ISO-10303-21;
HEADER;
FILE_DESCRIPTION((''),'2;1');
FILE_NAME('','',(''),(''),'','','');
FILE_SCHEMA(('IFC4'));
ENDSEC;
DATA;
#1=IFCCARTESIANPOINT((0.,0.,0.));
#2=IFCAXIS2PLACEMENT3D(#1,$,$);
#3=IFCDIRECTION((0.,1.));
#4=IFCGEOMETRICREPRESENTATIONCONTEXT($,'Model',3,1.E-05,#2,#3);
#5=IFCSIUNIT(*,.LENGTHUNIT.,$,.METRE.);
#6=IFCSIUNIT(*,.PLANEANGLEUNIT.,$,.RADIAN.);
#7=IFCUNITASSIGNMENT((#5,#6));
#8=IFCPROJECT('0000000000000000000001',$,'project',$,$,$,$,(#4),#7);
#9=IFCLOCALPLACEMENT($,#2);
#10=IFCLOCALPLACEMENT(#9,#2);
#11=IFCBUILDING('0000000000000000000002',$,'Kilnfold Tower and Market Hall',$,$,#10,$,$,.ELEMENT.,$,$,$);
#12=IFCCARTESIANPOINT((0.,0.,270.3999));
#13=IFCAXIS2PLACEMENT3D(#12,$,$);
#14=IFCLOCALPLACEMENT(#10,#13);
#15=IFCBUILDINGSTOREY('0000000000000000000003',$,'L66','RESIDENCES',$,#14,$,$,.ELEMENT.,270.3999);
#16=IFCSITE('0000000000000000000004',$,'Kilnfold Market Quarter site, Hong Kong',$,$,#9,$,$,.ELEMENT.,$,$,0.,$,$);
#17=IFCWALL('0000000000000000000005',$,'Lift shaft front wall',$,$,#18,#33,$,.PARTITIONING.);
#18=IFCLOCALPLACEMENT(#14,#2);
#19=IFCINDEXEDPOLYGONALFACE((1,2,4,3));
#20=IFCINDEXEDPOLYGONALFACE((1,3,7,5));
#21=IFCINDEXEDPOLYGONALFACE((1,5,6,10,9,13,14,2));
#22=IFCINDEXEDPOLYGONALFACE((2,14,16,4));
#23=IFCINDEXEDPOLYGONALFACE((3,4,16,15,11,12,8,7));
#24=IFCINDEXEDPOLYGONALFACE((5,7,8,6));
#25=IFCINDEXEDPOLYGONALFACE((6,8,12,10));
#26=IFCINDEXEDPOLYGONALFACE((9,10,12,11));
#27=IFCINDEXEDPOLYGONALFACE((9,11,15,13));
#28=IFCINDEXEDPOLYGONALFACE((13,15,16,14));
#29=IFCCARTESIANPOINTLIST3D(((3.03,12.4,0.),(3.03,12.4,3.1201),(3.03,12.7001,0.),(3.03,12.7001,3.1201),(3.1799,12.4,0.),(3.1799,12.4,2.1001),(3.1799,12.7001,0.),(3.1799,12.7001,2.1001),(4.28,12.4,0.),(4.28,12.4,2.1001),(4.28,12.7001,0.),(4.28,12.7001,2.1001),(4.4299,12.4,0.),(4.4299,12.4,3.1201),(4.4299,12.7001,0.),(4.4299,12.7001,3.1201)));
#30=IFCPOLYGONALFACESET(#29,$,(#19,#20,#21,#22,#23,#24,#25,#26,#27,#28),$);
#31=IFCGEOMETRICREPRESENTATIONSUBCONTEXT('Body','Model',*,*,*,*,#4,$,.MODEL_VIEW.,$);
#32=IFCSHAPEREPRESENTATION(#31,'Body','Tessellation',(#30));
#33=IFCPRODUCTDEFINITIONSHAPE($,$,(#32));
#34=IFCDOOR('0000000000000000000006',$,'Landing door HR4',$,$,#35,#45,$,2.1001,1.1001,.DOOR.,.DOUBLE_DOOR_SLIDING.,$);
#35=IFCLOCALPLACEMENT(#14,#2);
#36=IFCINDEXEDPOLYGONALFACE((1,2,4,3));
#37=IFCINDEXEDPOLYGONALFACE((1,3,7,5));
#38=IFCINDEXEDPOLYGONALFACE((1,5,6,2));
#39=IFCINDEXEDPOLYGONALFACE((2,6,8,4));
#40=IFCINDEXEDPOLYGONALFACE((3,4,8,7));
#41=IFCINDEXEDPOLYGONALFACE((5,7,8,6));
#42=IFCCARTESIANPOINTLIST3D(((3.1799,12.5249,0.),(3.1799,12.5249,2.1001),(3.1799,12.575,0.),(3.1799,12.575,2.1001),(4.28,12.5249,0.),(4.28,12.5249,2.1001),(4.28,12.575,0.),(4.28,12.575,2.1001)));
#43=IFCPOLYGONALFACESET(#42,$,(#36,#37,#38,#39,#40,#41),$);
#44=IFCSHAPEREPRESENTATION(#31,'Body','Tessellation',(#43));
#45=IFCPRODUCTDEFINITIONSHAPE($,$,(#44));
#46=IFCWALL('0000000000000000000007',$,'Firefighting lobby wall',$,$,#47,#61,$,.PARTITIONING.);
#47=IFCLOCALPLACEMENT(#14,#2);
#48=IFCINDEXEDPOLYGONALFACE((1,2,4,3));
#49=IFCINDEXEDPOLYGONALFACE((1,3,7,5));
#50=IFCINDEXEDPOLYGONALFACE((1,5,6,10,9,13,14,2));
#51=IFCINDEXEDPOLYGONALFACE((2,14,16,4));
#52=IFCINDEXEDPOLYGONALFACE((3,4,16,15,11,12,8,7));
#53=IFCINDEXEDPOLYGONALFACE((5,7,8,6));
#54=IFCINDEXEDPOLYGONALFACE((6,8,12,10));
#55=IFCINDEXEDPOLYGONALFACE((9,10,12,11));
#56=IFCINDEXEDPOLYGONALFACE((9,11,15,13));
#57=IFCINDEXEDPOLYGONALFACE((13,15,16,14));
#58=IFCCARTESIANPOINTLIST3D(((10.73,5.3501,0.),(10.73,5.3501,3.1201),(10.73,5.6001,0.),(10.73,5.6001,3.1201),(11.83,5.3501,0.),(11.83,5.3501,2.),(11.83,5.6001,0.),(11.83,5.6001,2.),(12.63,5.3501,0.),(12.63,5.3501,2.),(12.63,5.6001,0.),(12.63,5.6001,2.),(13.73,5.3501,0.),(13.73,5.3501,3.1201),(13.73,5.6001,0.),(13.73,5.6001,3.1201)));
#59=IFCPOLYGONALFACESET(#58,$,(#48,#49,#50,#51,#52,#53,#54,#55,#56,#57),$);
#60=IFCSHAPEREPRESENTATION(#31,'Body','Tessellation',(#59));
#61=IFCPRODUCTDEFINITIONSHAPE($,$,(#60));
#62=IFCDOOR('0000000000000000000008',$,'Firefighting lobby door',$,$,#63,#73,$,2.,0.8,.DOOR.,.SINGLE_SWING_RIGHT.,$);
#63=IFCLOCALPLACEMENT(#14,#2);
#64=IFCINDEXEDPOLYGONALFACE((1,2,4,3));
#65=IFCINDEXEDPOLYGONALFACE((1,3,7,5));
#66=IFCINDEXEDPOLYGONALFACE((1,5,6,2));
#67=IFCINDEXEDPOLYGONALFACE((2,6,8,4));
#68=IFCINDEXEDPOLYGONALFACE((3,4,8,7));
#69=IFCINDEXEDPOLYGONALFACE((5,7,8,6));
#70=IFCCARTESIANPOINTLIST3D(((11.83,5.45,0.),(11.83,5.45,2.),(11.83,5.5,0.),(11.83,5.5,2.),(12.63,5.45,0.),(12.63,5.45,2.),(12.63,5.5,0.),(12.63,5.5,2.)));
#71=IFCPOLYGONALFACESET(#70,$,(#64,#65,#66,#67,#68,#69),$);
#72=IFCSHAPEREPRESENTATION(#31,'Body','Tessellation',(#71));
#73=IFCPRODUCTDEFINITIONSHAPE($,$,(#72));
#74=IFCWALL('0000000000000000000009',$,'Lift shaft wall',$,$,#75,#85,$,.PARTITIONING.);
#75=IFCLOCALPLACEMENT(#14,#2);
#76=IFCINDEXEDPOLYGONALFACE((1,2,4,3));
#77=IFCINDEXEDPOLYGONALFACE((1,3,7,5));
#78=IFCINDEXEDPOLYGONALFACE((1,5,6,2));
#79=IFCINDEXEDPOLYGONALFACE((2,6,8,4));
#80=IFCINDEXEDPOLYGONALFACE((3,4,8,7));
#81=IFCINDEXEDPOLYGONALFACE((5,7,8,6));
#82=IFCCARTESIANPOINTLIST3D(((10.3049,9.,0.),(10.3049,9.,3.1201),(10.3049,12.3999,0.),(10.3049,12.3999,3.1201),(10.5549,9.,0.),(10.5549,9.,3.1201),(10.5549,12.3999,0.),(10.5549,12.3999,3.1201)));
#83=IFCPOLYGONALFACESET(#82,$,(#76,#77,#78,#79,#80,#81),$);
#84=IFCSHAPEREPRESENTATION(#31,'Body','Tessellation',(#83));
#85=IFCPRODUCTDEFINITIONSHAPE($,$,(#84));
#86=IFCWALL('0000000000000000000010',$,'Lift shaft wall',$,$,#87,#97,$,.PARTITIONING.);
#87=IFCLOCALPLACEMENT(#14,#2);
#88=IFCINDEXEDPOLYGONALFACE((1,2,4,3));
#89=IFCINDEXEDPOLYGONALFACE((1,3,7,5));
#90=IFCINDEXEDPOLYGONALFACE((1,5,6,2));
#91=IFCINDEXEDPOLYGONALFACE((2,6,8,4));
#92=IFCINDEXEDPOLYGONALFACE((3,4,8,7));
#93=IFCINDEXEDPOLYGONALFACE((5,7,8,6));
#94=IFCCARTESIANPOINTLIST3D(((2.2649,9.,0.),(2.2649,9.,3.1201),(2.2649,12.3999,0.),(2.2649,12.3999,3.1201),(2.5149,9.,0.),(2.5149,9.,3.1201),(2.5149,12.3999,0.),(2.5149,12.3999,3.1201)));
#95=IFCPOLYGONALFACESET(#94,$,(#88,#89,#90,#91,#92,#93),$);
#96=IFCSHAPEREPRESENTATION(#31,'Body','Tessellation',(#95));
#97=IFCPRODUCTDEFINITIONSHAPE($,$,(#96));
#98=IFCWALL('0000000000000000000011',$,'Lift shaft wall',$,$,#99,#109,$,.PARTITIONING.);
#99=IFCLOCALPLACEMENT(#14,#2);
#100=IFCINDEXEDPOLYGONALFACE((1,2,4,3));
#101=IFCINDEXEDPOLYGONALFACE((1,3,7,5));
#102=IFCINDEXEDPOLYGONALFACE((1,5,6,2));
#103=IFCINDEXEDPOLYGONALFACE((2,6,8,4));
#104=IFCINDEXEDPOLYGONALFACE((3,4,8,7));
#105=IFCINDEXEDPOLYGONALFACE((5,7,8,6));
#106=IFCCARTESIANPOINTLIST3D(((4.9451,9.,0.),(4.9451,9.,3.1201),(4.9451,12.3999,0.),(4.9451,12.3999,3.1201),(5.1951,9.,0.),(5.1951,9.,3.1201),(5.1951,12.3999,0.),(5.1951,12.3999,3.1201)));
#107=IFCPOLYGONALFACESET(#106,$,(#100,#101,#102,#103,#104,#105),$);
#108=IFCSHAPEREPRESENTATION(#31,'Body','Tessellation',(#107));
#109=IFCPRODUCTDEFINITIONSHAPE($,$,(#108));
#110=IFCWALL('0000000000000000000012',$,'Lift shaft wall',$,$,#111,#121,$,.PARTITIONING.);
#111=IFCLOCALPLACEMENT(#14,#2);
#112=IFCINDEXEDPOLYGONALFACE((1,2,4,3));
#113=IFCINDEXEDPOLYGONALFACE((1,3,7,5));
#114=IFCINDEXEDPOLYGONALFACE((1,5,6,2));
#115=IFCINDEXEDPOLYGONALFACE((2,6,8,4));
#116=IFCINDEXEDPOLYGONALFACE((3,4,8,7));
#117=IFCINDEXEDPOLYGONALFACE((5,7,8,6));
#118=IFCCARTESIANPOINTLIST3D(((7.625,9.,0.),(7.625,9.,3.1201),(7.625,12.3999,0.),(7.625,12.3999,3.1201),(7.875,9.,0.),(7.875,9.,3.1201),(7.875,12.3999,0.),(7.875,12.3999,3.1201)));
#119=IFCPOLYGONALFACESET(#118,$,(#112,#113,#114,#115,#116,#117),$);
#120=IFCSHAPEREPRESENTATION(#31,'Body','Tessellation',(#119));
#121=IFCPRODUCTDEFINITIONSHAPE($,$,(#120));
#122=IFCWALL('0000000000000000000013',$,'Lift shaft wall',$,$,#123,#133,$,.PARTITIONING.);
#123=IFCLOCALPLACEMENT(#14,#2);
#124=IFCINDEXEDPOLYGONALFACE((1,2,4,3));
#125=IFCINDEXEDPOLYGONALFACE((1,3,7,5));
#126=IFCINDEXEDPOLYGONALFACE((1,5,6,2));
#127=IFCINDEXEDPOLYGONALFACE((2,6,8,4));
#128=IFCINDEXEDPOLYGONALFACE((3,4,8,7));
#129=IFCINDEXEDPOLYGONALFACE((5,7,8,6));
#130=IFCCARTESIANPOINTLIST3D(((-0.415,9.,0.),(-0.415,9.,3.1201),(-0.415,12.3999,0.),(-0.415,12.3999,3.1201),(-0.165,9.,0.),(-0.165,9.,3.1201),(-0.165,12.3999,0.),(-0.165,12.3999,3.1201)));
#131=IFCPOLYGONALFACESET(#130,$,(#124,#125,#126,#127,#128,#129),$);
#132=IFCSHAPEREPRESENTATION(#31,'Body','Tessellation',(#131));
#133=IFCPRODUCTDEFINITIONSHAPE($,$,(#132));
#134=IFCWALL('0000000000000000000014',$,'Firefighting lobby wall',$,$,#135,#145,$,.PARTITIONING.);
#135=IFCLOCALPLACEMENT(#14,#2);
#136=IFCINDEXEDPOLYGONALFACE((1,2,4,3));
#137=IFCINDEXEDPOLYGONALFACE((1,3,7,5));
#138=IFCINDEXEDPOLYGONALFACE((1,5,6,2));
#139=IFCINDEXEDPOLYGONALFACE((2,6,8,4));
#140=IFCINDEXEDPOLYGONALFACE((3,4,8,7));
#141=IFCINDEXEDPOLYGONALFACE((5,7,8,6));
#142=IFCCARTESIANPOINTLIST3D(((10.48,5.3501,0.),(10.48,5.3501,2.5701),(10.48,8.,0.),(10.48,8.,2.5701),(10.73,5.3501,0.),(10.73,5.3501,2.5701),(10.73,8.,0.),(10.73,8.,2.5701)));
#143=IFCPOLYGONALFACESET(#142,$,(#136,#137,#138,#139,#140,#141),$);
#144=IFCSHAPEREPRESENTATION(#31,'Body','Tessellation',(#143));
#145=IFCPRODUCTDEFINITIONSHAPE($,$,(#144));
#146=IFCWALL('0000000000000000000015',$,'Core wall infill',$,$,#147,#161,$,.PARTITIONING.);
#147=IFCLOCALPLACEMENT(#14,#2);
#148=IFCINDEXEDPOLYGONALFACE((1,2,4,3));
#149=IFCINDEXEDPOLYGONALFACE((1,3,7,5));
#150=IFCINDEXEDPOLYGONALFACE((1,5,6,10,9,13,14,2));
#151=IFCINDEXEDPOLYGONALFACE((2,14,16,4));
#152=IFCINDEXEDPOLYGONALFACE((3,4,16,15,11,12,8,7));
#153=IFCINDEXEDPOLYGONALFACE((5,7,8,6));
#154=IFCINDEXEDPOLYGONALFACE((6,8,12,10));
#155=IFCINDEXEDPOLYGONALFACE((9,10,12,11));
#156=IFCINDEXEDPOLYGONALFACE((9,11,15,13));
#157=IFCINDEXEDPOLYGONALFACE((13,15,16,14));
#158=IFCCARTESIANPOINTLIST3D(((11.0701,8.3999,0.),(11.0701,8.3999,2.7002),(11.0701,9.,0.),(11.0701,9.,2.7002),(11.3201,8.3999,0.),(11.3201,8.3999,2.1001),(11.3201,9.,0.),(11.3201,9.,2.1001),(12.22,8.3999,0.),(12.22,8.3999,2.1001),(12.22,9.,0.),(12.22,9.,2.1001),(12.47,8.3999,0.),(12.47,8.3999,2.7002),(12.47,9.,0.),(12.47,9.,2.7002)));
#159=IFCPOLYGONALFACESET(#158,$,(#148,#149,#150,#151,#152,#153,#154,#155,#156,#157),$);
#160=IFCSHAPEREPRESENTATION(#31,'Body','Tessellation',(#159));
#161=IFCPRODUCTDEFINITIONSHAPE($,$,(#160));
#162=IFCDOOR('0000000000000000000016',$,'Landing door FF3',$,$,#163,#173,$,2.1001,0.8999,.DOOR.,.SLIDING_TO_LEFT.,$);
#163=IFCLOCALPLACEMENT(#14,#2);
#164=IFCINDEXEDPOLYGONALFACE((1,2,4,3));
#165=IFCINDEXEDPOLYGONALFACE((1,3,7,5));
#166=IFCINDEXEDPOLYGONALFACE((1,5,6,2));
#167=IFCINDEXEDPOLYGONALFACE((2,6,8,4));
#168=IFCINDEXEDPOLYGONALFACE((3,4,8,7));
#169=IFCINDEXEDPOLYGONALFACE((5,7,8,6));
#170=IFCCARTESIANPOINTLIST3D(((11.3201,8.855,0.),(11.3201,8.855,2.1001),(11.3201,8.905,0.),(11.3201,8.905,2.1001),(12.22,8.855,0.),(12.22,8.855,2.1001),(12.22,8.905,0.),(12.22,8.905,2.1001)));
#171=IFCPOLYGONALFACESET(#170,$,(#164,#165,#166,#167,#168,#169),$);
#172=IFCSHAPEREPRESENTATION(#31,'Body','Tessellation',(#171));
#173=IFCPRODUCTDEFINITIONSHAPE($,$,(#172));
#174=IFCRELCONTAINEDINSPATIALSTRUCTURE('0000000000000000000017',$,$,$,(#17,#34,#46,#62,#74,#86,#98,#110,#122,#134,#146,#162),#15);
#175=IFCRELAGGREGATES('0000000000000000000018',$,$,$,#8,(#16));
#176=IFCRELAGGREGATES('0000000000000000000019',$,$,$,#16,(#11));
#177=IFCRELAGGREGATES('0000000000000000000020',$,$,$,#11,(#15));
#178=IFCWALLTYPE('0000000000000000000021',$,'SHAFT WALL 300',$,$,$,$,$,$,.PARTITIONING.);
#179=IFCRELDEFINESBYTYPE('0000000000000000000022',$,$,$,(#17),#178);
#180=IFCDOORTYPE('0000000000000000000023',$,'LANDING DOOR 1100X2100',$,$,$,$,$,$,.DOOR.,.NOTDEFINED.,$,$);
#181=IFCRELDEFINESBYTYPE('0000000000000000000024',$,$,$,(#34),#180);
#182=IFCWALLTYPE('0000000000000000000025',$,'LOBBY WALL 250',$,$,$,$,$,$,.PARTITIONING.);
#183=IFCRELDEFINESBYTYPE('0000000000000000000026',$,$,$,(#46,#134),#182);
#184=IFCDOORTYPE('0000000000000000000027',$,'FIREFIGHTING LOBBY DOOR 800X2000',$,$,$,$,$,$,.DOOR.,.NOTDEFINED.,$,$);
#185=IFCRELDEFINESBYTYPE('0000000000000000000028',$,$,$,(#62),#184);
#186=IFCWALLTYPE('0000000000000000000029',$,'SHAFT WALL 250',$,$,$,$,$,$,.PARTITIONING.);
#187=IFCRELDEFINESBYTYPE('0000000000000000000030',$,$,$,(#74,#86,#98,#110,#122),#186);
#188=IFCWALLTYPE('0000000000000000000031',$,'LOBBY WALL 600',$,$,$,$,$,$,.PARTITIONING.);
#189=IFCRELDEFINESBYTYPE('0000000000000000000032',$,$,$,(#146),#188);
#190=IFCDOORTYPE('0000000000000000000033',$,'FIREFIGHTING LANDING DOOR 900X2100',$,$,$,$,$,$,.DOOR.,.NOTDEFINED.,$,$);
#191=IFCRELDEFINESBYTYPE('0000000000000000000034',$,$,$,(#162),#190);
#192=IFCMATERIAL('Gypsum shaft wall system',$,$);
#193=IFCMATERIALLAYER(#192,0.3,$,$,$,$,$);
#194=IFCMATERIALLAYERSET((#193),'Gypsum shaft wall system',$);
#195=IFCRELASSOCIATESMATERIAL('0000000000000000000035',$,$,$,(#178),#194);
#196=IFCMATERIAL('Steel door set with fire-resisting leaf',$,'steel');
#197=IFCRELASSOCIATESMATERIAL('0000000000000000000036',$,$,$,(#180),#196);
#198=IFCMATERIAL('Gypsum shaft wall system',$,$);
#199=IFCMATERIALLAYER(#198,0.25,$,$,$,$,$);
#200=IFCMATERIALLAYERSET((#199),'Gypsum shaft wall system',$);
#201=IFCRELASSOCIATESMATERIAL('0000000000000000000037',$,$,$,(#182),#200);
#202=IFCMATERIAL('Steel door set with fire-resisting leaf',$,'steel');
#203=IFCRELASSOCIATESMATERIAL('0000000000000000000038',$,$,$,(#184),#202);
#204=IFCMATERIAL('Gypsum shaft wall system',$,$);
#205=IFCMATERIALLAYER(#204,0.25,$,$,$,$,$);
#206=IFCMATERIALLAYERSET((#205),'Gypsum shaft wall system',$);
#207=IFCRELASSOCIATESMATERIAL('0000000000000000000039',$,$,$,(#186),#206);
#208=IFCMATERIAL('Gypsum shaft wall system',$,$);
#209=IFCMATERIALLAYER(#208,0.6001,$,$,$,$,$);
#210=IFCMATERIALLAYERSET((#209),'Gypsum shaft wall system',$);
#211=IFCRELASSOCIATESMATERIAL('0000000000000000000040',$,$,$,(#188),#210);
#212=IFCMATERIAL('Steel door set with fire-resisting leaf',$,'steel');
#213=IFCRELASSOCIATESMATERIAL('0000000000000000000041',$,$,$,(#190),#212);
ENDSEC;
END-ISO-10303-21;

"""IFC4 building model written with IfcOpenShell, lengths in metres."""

from ifc_helpers import new_model, si_unit, direction, frame, frame_2d, origin, place, context, subcontext, project, spatial, rectangle, extrude, source, transform, mapped, material, layer, layer_set, type_object, element, fill, save


model = new_model("IFC4")

# Units and contexts
model_context = context("Model", 3, precision=1e-05, world=origin(), true_north=direction((0.0, 1.0)))
body_context = subcontext(model_context, "Body", "Model", "MODEL_VIEW")
ifc_project = project(units=[si_unit("LENGTHUNIT", "METRE"), si_unit("PLANEANGLEUNIT", "RADIAN")], contexts=[model_context])

# Site, building, storey
site_placement = place(None, origin())
site = spatial("IfcSite", under=ifc_project, at=site_placement, Name="Kilnfold Market Quarter site, Hong Kong", CompositionType="ELEMENT", RefElevation=0.0)
building_placement = place(site_placement, origin())
building = spatial("IfcBuilding", under=site, at=building_placement, Name="Kilnfold Tower and Market Hall", CompositionType="ELEMENT")
storey_placement = place(building_placement, frame((0.0, 0.0, 270.3999)))
storey = spatial("IfcBuildingStorey", under=building, at=storey_placement, Name="L66", Description="RESIDENCES", CompositionType="ELEMENT", Elevation=270.3999)

# Walls, openings, doors
ifc_material_1 = material(Name="Gypsum shaft wall system")
ifc_layer_1 = layer(ifc_material_1, 0.3)
ifc_layer_set_1 = layer_set([ifc_layer_1], Name="Gypsum shaft wall system")
wall_type_1 = type_object("IfcWallType", Name="SHAFT WALL 300", PredefinedType="PARTITIONING", material=ifc_layer_set_1)
shared_shape_1 = source(origin(), body_context, "Body", "SweptSolid", [
    extrude(rectangle(XDim=1.3999, YDim=0.3, at=frame_2d((0.7, 0.0))), origin(), (0.0, 0.0, 1.0), 3.1201),
])
ifc_material_2 = material(Name="Steel door set with fire-resisting leaf", Category="steel")
door_type_1 = type_object("IfcDoorType", Name="LANDING DOOR 1100X2100", OperationType="NOTDEFINED", PredefinedType="DOOR", material=ifc_material_2)
wall_1_placement = place(storey_placement, frame((3.03, 12.55, 0.0), z_axis=(0.0, 0.0, 1.0), x_axis=(1.0, 0.0, 0.0)))
wall_1 = element("IfcWall", 1, at=wall_1_placement, inside=storey, type_object=wall_type_1, Name="Lift shaft front wall", PredefinedType="PARTITIONING", context=body_context, shape_type="MappedRepresentation", body=[
    mapped(shared_shape_1, transform((0.0, 0.0, 0.0))),
])
opening_1_placement = place(wall_1_placement, frame((0.1499, 0.0, 0.0)))
opening_1 = element("IfcOpeningElement", 2, at=opening_1_placement, cuts=wall_1, PredefinedType="OPENING", context=body_context, shape_type="SweptSolid", body=[
    extrude(rectangle(XDim=1.1001, YDim=2.1001, at=frame_2d((0.55, 1.05))), frame((0.0, 0.1602, 0.0), z_axis=(0.0, -1.0, 0.0), x_axis=(1.0, 0.0, 0.0)), (0.0, 0.0, 1.0), 0.3201),
])
door_1_placement = place(opening_1_placement, origin())
door_1 = element("IfcDoor", 3, at=door_1_placement, inside=storey, type_object=door_type_1, Name="Landing door HR4", OperationType="DOUBLE_DOOR_SLIDING", OverallHeight=2.1001, OverallWidth=1.1001, PredefinedType="DOOR", context=body_context, shape_type="SweptSolid", body=[
    extrude(rectangle(XDim=1.1001, YDim=2.1001, at=frame_2d((0.55, 1.05))), frame((0.0, 0.0249, 0.0), z_axis=(0.0, -1.0, 0.0), x_axis=(1.0, 0.0, 0.0)), (0.0, 0.0, 1.0), 0.05),
])
fill(opening_1, door_1)
ifc_material_3 = material(Name="Gypsum shaft wall system")
ifc_layer_2 = layer(ifc_material_3, 0.25)
ifc_layer_set_2 = layer_set([ifc_layer_2], Name="Gypsum shaft wall system")
wall_type_2 = type_object("IfcWallType", Name="LOBBY WALL 250", PredefinedType="PARTITIONING", material=ifc_layer_set_2)
shared_shape_2 = source(origin(), body_context, "Body", "SweptSolid", [
    extrude(rectangle(XDim=3.0, YDim=0.25, at=frame_2d((1.5, 0.0))), origin(), (0.0, 0.0, 1.0), 3.1201),
])
wall_2_placement = place(storey_placement, frame((10.73, 5.4751, 0.0), z_axis=(0.0, 0.0, 1.0), x_axis=(1.0, 0.0, 0.0)))
wall_2 = element("IfcWall", 4, at=wall_2_placement, inside=storey, type_object=wall_type_2, Name="Firefighting lobby wall", PredefinedType="PARTITIONING", context=body_context, shape_type="MappedRepresentation", body=[
    mapped(shared_shape_2, transform((0.0, 0.0, 0.0))),
])
opening_2_placement = place(wall_2_placement, frame((1.1001, 0.0, 0.0)))
opening_2 = element("IfcOpeningElement", 5, at=opening_2_placement, cuts=wall_2, PredefinedType="OPENING", context=body_context, shape_type="SweptSolid", body=[
    extrude(rectangle(XDim=0.8, YDim=2.0, at=frame_2d((0.3999, 1.0))), frame((0.0, 0.135, 0.0), z_axis=(0.0, -1.0, 0.0), x_axis=(1.0, 0.0, 0.0)), (0.0, 0.0, 1.0), 0.27),
])
ifc_material_4 = material(Name="Steel door set with fire-resisting leaf", Category="steel")
door_type_2 = type_object("IfcDoorType", Name="FIREFIGHTING LOBBY DOOR 800X2000", OperationType="NOTDEFINED", PredefinedType="DOOR", material=ifc_material_4)
door_2_placement = place(opening_2_placement, origin())
door_2 = element("IfcDoor", 6, at=door_2_placement, inside=storey, type_object=door_type_2, Name="Firefighting lobby door", OperationType="SINGLE_SWING_RIGHT", OverallHeight=2.0, OverallWidth=0.8, PredefinedType="DOOR", context=body_context, shape_type="SweptSolid", body=[
    extrude(rectangle(XDim=0.8, YDim=2.0, at=frame_2d((0.3999, 1.0))), frame((0.0, 0.0249, 0.0), z_axis=(0.0, -1.0, 0.0), x_axis=(1.0, 0.0, 0.0)), (0.0, 0.0, 1.0), 0.05),
])
fill(opening_2, door_2)

# Walls
ifc_material_5 = material(Name="Gypsum shaft wall system")
ifc_layer_3 = layer(ifc_material_5, 0.25)
ifc_layer_set_3 = layer_set([ifc_layer_3], Name="Gypsum shaft wall system")
wall_type_3 = type_object("IfcWallType", Name="SHAFT WALL 250", PredefinedType="PARTITIONING", material=ifc_layer_set_3)
shared_shape_3 = source(origin(), body_context, "Body", "SweptSolid", [
    extrude(rectangle(XDim=3.3999, YDim=0.25, at=frame_2d((1.7, 0.0))), origin(), (0.0, 0.0, 1.0), 3.1201),
])
for number, where, z_axis, x_axis, name in (
    (7, (10.4299, 9.0, 0.0), (0.0, 0.0, 1.0), (0.0, 1.0, 0.0), "Lift shaft wall"),
    (8, (2.3899, 9.0, 0.0), (0.0, 0.0, 1.0), (0.0, 1.0, 0.0), "Lift shaft wall"),
    (9, (5.0701, 9.0, 0.0), (0.0, 0.0, 1.0), (0.0, 1.0, 0.0), "Lift shaft wall"),
    (10, (7.75, 9.0, 0.0), (0.0, 0.0, 1.0), (0.0, 1.0, 0.0), "Lift shaft wall"),
    (11, (-0.29, 9.0, 0.0), (0.0, 0.0, 1.0), (0.0, 1.0, 0.0), "Lift shaft wall"),
):
    element("IfcWall", number, at=place(storey_placement, frame(where, z_axis=z_axis, x_axis=x_axis)), inside=storey, type_object=wall_type_3, Name=name, PredefinedType="PARTITIONING", context=body_context, shape_type="MappedRepresentation", body=[
        mapped(shared_shape_3, transform((0.0, 0.0, 0.0))),
    ])
shared_shape_4 = source(origin(), body_context, "Body", "SweptSolid", [
    extrude(rectangle(XDim=2.6499, YDim=0.25, at=frame_2d((1.325, 0.0))), origin(), (0.0, 0.0, 1.0), 2.5701),
])
wall_3_placement = place(storey_placement, frame((10.605, 5.3501, 0.0), z_axis=(0.0, 0.0, 1.0), x_axis=(0.0, 1.0, 0.0)))
element("IfcWall", 12, at=wall_3_placement, inside=storey, type_object=wall_type_2, Name="Firefighting lobby wall", PredefinedType="PARTITIONING", context=body_context, shape_type="MappedRepresentation", body=[
    mapped(shared_shape_4, transform((0.0, 0.0, 0.0))),
])

# Wall, opening, door
ifc_material_6 = material(Name="Gypsum shaft wall system")
ifc_layer_4 = layer(ifc_material_6, 0.6001)
ifc_layer_set_4 = layer_set([ifc_layer_4], Name="Gypsum shaft wall system")
wall_type_4 = type_object("IfcWallType", Name="LOBBY WALL 600", PredefinedType="PARTITIONING", material=ifc_layer_set_4)
shared_shape_5 = source(origin(), body_context, "Body", "SweptSolid", [
    extrude(rectangle(XDim=1.3999, YDim=0.6001, at=frame_2d((0.7, 0.0))), origin(), (0.0, 0.0, 1.0), 2.7002),
])
wall_4_placement = place(storey_placement, frame((11.0701, 8.7, 0.0), z_axis=(0.0, 0.0, 1.0), x_axis=(1.0, 0.0, 0.0)))
wall_4 = element("IfcWall", 13, at=wall_4_placement, inside=storey, type_object=wall_type_4, Name="Core wall infill", PredefinedType="PARTITIONING", context=body_context, shape_type="MappedRepresentation", body=[
    mapped(shared_shape_5, transform((0.0, 0.0, 0.0))),
])
opening_3_placement = place(wall_4_placement, frame((0.25, 0.0, 0.0)))
opening_3 = element("IfcOpeningElement", 14, at=opening_3_placement, cuts=wall_4, PredefinedType="OPENING", context=body_context, shape_type="SweptSolid", body=[
    extrude(rectangle(XDim=0.8999, YDim=2.1001, at=frame_2d((0.45, 1.05))), frame((0.0, 0.3101, 0.0), z_axis=(0.0, -1.0, 0.0), x_axis=(1.0, 0.0, 0.0)), (0.0, 0.0, 1.0), 0.6201),
])
ifc_material_7 = material(Name="Steel door set with fire-resisting leaf", Category="steel")
door_type_3 = type_object("IfcDoorType", Name="FIREFIGHTING LANDING DOOR 900X2100", OperationType="NOTDEFINED", PredefinedType="DOOR", material=ifc_material_7)
door_3_placement = place(opening_3_placement, origin())
door_3 = element("IfcDoor", 15, at=door_3_placement, inside=storey, type_object=door_type_3, Name="Landing door FF3", OperationType="SLIDING_TO_LEFT", OverallHeight=2.1001, OverallWidth=0.8999, PredefinedType="DOOR", context=body_context, shape_type="SweptSolid", body=[
    extrude(rectangle(XDim=0.8999, YDim=2.1001, at=frame_2d((0.45, 1.05))), frame((0.0, 0.2051, 0.0), z_axis=(0.0, -1.0, 0.0), x_axis=(1.0, 0.0, 0.0)), (0.0, 0.0, 1.0), 0.05),
])
fill(opening_3, door_3)

save(model, "model.ifc")
